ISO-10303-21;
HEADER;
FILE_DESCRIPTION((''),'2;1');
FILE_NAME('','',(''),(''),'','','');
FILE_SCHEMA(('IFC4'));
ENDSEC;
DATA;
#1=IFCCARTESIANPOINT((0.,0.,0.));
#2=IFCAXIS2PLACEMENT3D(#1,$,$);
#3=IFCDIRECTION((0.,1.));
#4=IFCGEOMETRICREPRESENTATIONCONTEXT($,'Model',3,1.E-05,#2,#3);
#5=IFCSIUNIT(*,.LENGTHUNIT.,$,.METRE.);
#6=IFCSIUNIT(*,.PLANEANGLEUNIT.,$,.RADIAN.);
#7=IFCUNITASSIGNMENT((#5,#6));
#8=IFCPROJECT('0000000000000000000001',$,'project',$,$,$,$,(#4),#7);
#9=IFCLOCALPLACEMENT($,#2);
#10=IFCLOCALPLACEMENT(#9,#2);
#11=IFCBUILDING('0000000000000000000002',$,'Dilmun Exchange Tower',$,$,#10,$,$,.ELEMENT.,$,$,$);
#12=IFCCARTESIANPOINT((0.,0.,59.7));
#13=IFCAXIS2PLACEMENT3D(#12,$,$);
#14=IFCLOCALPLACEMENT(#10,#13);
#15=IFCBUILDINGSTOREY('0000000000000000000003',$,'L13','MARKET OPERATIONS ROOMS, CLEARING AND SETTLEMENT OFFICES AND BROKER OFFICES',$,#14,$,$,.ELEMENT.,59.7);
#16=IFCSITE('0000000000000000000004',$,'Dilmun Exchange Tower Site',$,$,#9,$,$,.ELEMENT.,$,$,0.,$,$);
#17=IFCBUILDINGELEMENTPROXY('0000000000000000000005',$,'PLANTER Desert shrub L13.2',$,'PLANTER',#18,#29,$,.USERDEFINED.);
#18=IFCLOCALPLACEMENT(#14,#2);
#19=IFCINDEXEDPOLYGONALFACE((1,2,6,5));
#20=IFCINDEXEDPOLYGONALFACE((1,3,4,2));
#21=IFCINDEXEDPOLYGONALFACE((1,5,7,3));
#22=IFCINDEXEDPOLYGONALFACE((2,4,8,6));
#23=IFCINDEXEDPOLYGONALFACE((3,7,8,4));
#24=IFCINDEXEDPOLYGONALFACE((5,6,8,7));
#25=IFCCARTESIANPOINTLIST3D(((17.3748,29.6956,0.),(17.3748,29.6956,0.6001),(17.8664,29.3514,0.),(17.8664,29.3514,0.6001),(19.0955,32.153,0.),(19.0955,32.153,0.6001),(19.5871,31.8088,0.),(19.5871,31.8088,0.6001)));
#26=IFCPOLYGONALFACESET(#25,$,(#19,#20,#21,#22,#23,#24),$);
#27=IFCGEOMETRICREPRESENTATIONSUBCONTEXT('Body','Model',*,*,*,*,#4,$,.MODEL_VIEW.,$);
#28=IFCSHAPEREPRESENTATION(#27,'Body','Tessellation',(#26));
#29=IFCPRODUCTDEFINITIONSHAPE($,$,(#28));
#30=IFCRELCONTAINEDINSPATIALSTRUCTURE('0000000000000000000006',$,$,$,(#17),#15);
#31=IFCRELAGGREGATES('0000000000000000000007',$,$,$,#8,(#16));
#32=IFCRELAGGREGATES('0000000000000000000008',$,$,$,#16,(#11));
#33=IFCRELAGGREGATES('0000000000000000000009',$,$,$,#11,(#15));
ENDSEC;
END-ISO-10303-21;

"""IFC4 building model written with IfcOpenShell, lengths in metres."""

from ifc_helpers import new_model, si_unit, direction, frame, origin, origin_2d, place, context, subcontext, project, spatial, rectangle, extrude, element, save


model = new_model("IFC4")

# Units and contexts
model_context = context("Model", 3, precision=1e-05, world=origin(), true_north=direction((0.0, 1.0)))
body_context = subcontext(model_context, "Body", "Model", "MODEL_VIEW")
ifc_project = project(units=[si_unit("LENGTHUNIT", "METRE"), si_unit("PLANEANGLEUNIT", "RADIAN")], contexts=[model_context])

# Site, building, storey
site_placement = place(None, origin())
site = spatial("IfcSite", under=ifc_project, at=site_placement, Name="Dilmun Exchange Tower Site", CompositionType="ELEMENT", RefElevation=0.0)
building_placement = place(site_placement, origin())
building = spatial("IfcBuilding", under=site, at=building_placement, Name="Dilmun Exchange Tower", CompositionType="ELEMENT")
storey_placement = place(building_placement, frame((0.0, 0.0, 59.7)))
storey = spatial("IfcBuildingStorey", under=building, at=storey_placement, Name="L13", Description="MARKET OPERATIONS ROOMS, CLEARING AND SETTLEMENT OFFICES AND BROKER OFFICES", CompositionType="ELEMENT", Elevation=59.7)

# Building element proxy
for number, where, z_axis, x_axis, name in (
    (1, (18.481, 30.7522, 0.0), (0.0, 0.0, 1.0), (0.573576, 0.819152, 0.0), "PLANTER Desert shrub L13.2"),
):
    element("IfcBuildingElementProxy", number, at=place(storey_placement, frame(where, z_axis=z_axis, x_axis=x_axis)), inside=storey, Name=name, ObjectType="PLANTER", PredefinedType="USERDEFINED", context=body_context, shape_type="SweptSolid", body=[
        extrude(rectangle(XDim=3.0, YDim=0.6001, at=origin_2d()), origin(), (0.0, 0.0, 1.0), 0.6001),
    ])

save(model, "model.ifc")
